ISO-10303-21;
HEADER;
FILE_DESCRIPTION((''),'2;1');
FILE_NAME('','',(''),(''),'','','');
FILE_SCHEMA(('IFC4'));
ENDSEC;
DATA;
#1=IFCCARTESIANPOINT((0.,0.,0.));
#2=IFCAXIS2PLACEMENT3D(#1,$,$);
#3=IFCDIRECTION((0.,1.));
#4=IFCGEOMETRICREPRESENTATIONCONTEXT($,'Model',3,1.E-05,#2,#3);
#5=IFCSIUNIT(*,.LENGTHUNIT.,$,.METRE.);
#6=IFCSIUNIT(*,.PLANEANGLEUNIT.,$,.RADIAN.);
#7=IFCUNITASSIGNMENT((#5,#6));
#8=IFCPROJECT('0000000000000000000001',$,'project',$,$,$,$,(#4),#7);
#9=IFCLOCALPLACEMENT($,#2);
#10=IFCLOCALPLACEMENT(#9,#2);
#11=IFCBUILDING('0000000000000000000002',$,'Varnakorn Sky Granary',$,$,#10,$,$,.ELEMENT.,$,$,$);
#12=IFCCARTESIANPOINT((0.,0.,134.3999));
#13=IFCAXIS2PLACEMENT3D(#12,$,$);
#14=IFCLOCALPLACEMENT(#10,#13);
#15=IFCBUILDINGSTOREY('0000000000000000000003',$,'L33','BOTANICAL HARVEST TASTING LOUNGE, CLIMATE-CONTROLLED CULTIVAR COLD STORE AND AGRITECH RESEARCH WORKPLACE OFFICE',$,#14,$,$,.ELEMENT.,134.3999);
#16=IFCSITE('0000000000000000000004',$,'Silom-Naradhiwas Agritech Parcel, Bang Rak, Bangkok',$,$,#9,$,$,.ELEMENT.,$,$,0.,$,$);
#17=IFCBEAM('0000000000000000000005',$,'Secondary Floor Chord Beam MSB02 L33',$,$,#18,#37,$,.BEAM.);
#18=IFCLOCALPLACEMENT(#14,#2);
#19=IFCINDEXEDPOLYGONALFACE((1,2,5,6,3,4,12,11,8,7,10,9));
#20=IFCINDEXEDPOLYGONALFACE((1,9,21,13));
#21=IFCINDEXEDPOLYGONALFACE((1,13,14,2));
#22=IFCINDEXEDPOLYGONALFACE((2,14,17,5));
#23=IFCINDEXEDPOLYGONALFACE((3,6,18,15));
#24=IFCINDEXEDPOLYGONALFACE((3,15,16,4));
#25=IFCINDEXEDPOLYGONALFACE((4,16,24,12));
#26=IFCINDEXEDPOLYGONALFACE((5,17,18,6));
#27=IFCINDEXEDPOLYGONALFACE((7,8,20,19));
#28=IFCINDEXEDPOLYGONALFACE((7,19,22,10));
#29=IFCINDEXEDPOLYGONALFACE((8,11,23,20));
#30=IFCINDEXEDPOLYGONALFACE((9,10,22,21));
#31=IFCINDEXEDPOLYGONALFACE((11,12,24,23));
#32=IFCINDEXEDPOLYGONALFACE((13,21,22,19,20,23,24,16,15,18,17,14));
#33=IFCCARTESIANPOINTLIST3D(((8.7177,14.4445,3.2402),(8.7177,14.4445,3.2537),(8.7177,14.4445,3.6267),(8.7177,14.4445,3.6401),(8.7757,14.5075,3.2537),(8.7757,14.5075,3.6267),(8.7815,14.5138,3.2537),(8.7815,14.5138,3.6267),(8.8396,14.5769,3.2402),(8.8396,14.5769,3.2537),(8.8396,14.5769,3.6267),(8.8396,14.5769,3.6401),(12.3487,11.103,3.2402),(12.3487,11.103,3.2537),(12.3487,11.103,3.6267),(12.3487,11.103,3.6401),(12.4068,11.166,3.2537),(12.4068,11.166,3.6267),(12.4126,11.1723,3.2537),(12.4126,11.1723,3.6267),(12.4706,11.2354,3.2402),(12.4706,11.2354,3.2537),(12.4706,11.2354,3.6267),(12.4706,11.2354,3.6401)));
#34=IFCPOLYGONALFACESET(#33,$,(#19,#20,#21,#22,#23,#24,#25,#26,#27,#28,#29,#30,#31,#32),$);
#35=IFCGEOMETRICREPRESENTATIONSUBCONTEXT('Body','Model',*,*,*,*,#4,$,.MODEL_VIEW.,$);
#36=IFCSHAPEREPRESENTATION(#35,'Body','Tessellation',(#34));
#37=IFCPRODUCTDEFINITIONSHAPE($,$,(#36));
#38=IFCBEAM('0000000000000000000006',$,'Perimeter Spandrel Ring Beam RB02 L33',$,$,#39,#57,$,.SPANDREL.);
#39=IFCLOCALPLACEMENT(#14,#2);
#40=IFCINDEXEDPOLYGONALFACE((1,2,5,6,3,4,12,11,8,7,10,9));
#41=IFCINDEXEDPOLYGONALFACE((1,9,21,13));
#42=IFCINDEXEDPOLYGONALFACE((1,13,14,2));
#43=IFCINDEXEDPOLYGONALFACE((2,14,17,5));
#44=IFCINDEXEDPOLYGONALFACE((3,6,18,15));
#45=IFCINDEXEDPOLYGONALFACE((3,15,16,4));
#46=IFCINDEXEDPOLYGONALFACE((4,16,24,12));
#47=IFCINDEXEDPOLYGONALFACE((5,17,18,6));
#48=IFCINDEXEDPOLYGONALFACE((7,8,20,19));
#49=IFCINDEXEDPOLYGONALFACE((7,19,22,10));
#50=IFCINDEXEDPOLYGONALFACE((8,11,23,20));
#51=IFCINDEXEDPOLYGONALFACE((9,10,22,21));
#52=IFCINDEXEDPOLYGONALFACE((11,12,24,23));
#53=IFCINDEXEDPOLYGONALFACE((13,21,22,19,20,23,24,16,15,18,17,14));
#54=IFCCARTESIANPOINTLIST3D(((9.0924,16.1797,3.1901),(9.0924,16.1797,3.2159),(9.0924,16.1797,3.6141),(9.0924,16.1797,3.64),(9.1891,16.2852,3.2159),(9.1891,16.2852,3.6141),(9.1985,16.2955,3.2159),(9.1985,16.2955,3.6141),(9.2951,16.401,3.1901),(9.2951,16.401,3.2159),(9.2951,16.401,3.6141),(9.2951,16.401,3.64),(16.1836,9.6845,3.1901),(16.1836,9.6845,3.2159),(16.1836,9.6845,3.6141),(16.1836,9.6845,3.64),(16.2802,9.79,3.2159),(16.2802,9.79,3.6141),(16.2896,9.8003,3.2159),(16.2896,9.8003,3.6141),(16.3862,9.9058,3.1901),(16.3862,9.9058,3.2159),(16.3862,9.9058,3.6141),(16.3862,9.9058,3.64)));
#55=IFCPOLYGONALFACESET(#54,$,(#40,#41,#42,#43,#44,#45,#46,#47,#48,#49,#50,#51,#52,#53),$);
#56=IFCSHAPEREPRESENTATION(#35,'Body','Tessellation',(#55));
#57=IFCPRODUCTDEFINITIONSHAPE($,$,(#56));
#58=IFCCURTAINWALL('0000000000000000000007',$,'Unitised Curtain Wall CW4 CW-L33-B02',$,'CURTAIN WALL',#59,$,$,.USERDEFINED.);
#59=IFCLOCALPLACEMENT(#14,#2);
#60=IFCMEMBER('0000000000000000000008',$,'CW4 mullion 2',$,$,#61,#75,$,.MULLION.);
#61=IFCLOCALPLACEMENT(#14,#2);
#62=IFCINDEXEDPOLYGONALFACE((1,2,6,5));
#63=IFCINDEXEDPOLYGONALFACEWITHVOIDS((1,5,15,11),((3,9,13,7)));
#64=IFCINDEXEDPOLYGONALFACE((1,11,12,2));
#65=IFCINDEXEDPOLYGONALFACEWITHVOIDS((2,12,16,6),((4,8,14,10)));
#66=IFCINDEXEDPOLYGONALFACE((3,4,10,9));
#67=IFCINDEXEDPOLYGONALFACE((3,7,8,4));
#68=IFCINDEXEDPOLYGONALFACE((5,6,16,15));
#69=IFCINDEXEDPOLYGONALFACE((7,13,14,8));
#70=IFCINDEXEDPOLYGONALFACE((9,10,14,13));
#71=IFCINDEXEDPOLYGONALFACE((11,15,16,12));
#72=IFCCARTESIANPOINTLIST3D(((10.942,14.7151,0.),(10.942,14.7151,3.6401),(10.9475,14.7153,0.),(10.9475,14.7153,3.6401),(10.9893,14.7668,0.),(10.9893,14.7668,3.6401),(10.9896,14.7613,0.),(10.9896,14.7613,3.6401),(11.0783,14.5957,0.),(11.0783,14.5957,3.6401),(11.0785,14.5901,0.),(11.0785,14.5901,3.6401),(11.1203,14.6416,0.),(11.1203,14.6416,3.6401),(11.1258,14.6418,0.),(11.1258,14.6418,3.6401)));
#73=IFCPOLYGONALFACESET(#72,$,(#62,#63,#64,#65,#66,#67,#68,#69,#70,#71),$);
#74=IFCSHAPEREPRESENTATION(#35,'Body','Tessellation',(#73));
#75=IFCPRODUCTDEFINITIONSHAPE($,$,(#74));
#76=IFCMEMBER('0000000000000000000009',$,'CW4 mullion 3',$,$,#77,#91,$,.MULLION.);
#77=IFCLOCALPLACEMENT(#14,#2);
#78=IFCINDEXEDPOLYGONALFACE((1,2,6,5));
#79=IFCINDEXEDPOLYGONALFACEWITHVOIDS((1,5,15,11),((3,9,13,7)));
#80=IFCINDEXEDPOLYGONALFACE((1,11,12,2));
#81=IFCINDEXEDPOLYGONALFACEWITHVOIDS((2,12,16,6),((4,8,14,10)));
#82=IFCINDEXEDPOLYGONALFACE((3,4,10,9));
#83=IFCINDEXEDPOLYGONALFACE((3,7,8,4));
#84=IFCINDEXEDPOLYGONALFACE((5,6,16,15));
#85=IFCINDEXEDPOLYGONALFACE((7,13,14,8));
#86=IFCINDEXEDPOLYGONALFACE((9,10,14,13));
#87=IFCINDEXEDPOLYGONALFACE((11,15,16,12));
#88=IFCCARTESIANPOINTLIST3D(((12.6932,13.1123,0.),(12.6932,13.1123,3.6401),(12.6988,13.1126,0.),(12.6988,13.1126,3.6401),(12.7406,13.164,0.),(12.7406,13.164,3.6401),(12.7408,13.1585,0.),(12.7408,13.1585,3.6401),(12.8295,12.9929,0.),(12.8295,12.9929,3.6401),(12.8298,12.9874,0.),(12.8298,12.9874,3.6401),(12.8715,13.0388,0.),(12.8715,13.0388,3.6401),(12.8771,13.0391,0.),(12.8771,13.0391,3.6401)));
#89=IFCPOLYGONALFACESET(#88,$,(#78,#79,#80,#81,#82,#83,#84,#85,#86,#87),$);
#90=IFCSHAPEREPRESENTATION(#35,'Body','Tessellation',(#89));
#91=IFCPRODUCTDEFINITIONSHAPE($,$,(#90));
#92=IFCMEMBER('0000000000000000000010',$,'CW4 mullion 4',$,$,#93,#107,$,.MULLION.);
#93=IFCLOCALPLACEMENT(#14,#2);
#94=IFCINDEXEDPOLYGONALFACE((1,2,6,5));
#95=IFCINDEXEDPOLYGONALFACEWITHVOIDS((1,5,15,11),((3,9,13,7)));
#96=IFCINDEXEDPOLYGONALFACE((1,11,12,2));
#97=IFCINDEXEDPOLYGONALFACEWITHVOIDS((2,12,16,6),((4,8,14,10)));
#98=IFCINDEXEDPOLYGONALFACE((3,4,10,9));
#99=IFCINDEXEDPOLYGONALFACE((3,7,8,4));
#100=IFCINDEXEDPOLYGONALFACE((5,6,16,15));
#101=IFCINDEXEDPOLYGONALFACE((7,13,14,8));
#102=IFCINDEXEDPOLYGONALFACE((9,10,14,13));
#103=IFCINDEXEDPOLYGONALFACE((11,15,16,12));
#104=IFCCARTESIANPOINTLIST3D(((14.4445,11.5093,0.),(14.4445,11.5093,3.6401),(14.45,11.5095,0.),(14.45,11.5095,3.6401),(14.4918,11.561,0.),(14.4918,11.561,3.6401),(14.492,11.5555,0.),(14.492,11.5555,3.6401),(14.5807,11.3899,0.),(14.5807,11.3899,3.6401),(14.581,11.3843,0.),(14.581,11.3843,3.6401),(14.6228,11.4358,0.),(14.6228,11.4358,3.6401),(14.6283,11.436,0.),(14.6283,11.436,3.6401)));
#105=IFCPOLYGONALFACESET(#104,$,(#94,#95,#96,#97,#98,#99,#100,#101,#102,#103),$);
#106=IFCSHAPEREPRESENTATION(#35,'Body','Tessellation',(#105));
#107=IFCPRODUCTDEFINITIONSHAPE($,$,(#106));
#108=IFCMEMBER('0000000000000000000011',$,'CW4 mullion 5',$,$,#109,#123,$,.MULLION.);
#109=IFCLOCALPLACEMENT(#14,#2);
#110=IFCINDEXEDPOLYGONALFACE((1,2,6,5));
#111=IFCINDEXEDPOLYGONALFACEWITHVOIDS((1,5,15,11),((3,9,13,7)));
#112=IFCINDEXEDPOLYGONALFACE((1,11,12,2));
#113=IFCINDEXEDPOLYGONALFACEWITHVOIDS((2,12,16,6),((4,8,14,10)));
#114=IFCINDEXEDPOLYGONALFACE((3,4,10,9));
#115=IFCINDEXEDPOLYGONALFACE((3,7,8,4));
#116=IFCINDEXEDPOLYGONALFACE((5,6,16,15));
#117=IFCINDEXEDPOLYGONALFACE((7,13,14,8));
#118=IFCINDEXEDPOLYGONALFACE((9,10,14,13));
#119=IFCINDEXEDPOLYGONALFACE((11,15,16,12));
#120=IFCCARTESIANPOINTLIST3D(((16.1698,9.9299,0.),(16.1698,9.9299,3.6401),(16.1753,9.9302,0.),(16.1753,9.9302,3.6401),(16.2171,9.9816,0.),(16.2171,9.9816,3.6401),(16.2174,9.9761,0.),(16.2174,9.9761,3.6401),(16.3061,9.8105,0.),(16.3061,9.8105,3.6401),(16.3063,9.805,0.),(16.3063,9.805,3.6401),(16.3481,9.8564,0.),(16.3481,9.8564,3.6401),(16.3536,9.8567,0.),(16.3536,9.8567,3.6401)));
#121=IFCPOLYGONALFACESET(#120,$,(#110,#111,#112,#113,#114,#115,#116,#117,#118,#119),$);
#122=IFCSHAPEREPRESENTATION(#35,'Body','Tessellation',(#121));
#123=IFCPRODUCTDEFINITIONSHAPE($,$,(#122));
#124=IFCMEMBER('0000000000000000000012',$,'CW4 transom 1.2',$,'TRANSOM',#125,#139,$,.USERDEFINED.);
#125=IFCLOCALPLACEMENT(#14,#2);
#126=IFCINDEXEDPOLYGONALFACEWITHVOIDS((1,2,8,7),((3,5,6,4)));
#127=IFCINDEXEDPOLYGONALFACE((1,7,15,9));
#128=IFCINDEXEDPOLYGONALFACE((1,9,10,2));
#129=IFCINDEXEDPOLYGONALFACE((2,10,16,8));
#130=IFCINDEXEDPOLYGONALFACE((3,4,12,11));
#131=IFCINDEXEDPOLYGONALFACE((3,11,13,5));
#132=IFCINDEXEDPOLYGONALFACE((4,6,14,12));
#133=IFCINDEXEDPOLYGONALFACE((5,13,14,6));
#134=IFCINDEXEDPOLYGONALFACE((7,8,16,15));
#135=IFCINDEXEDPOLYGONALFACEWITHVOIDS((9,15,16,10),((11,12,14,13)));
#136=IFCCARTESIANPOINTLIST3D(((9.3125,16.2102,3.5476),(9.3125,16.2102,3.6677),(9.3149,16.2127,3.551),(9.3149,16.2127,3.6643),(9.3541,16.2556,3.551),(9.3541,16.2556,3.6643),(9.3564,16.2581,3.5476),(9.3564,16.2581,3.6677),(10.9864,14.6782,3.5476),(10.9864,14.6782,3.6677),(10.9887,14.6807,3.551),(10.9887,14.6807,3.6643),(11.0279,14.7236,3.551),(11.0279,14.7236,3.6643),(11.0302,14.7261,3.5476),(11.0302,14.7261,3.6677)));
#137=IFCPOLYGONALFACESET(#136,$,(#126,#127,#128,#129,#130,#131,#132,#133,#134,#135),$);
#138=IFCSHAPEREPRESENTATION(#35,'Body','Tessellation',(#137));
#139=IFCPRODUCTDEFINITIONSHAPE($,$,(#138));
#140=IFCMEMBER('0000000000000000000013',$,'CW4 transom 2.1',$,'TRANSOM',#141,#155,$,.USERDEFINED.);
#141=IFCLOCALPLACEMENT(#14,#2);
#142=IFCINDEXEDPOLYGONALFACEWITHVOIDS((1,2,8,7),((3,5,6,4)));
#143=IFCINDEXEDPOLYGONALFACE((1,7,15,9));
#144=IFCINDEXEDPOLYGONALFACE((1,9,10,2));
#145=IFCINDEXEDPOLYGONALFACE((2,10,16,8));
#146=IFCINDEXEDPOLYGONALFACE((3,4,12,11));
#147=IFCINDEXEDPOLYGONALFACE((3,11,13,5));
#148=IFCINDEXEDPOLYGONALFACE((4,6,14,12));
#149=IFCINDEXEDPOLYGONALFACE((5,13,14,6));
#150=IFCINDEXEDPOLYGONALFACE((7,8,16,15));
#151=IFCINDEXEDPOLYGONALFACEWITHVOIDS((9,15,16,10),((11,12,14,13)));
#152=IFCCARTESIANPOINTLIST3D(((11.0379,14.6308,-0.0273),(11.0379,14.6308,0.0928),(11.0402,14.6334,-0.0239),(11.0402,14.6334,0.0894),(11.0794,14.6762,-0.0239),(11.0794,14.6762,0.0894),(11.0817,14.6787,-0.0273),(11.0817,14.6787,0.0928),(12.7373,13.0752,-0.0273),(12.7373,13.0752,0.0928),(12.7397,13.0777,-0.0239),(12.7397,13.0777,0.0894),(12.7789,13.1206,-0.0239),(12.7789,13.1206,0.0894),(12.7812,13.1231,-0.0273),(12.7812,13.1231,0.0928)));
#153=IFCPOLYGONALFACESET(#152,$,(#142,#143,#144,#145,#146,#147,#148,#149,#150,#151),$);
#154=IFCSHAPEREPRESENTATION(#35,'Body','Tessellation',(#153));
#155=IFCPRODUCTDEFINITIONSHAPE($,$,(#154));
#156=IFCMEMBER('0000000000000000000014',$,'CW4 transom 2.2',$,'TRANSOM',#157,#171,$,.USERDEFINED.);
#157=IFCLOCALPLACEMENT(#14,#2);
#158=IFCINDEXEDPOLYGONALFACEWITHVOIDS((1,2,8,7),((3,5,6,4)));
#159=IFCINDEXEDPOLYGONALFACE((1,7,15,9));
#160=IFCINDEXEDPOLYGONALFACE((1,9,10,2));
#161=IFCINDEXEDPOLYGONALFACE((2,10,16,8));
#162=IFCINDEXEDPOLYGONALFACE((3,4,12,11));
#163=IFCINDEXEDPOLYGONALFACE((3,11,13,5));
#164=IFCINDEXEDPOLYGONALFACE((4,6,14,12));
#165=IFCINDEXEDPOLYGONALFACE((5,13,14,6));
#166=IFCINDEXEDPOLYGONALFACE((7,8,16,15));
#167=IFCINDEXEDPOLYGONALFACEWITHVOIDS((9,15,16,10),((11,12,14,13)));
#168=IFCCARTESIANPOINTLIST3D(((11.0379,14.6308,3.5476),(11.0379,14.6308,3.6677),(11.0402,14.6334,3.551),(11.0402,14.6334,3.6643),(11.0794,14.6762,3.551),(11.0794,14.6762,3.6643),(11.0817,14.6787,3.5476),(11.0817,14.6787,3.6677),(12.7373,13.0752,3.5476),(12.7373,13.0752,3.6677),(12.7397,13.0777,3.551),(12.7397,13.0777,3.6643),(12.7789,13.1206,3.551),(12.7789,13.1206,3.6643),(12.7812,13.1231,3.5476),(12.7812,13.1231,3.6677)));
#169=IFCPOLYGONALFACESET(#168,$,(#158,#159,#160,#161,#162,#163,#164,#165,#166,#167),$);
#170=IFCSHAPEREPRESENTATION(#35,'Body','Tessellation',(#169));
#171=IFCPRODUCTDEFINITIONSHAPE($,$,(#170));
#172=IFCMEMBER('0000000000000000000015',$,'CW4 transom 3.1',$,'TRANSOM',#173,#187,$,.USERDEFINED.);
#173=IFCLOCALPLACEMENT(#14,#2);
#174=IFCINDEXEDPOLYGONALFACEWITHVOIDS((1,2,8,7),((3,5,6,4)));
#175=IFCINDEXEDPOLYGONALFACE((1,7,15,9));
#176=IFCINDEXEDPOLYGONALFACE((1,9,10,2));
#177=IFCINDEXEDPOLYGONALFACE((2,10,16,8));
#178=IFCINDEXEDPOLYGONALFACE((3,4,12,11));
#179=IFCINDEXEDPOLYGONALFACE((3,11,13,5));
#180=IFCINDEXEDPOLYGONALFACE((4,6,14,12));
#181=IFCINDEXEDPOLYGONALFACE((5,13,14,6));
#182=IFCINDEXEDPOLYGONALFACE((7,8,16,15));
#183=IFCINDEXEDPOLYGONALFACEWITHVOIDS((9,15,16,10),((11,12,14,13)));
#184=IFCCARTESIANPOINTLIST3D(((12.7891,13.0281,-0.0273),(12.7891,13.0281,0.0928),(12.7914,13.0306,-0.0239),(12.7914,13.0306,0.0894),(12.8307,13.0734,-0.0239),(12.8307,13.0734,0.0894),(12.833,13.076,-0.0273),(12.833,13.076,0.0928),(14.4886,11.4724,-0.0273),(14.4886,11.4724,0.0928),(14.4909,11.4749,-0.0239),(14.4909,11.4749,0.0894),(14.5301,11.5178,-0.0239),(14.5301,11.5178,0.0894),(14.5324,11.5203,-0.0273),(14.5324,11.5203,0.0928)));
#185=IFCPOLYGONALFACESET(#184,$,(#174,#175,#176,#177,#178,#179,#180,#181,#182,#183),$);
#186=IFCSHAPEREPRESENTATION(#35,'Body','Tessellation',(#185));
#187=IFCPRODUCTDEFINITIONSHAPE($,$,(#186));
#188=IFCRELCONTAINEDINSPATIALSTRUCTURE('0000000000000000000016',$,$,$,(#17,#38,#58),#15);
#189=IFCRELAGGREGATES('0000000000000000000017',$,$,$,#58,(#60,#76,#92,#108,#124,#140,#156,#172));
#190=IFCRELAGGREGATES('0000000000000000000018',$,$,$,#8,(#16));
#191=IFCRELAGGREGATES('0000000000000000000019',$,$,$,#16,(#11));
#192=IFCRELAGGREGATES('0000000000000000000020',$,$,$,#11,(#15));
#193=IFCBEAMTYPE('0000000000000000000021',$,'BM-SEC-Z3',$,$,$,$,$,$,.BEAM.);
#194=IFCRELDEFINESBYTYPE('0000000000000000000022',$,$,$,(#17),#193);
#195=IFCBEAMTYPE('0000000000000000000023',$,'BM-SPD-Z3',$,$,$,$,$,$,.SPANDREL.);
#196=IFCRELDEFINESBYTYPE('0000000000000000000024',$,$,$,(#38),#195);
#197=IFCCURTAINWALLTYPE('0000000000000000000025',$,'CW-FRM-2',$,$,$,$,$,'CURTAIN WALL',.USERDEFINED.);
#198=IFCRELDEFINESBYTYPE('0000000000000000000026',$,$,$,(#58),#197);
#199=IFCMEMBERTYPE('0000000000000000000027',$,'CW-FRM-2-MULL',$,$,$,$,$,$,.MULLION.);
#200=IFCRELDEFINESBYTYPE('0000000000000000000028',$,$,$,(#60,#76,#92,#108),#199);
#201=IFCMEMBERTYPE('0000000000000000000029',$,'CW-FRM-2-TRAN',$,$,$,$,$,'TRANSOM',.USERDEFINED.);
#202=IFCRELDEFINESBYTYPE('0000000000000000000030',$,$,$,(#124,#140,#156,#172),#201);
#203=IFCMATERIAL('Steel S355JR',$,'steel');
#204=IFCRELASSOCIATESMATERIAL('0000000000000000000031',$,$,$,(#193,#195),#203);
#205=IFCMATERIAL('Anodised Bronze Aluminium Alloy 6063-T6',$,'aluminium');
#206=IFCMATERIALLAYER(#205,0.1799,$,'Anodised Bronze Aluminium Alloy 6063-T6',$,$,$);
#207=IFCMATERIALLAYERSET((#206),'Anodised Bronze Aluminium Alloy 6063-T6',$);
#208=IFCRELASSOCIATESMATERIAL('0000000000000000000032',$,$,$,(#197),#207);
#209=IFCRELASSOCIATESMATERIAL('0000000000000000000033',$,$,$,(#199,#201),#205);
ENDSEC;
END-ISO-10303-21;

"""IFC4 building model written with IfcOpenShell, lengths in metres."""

from ifc_helpers import new_model, si_unit, direction, frame, origin, origin_2d, place, context, subcontext, project, spatial, hollow_rectangle, i_section, extrude, material, layer, layer_set, material_profile, profile_set, type_object, element, aggregate, save


model = new_model("IFC4")

# Units and contexts
model_context = context("Model", 3, precision=1e-05, world=origin(), true_north=direction((0.0, 1.0)))
body_context = subcontext(model_context, "Body", "Model", "MODEL_VIEW")
ifc_project = project(units=[si_unit("LENGTHUNIT", "METRE"), si_unit("PLANEANGLEUNIT", "RADIAN")], contexts=[model_context])

# Site, building, storey
site_placement = place(None, origin())
site = spatial("IfcSite", under=ifc_project, at=site_placement, Name="Silom-Naradhiwas Agritech Parcel, Bang Rak, Bangkok", CompositionType="ELEMENT", RefElevation=0.0)
building_placement = place(site_placement, origin())
building = spatial("IfcBuilding", under=site, at=building_placement, Name="Varnakorn Sky Granary", CompositionType="ELEMENT")
storey_placement = place(building_placement, frame((0.0, 0.0, 134.3999)))
storey = spatial("IfcBuildingStorey", under=building, at=storey_placement, Name="L33", Description="BOTANICAL HARVEST TASTING LOUNGE, CLIMATE-CONTROLLED CULTIVAR COLD STORE AND AGRITECH RESEARCH WORKPLACE OFFICE", CompositionType="ELEMENT", Elevation=134.3999)

# Beams
ifc_material_1 = material(Name="Steel S355JR", Category="steel")
ifc_material_profile_1 = material_profile(ifc_material_1, i_section(OverallWidth=0.1799, OverallDepth=0.3999, WebThickness=0.0085, FlangeThickness=0.0134, at=origin_2d()), Name="IPE 400")
ifc_profile_set_1 = profile_set([ifc_material_profile_1], Name="Steel S355JR")
beam_type_1 = type_object("IfcBeamType", Name="BM-SEC-Z3", PredefinedType="BEAM", material=ifc_profile_set_1)
beam_1_placement = place(storey_placement, frame((12.4097, 11.1692, 3.4402), z_axis=(-0.735836, 0.677159, 0.0), x_axis=(-0.677159, -0.735836, 0.0)))
element("IfcBeam", 1, at=beam_1_placement, inside=storey, type_object=beam_type_1, Name="Secondary Floor Chord Beam MSB02 L33", PredefinedType="BEAM", context=body_context, shape_type="SweptSolid", body=[
    extrude(i_section(OverallWidth=0.1799, OverallDepth=0.3999, WebThickness=0.0085, FlangeThickness=0.0134, at=origin_2d()), origin(), (0.0, 0.0, 1.0), 4.9346),
])
ifc_material_profile_2 = material_profile(ifc_material_1, i_section(OverallWidth=0.3, OverallDepth=0.45, WebThickness=0.0139, FlangeThickness=0.0259, at=origin_2d()), Name="HE 450 B")
ifc_profile_set_2 = profile_set([ifc_material_profile_2], Name="Steel S355JR")
beam_type_2 = type_object("IfcBeamType", Name="BM-SPD-Z3", PredefinedType="SPANDREL", material=ifc_profile_set_2)
beam_2_placement = place(storey_placement, frame((16.2849, 9.7952, 3.415), z_axis=(-0.737414, 0.675441, 0.0), x_axis=(-0.675441, -0.737414, 0.0)))
element("IfcBeam", 2, at=beam_2_placement, inside=storey, type_object=beam_type_2, Name="Perimeter Spandrel Ring Beam RB02 L33", PredefinedType="SPANDREL", context=body_context, shape_type="SweptSolid", body=[
    extrude(i_section(OverallWidth=0.3, OverallDepth=0.45, WebThickness=0.0139, FlangeThickness=0.0259, at=origin_2d()), origin(), (0.0, 0.0, 1.0), 9.6162),
])

# Curtain wall, members
ifc_material_2 = material(Name="Anodised Bronze Aluminium Alloy 6063-T6", Category="aluminium")
ifc_layer_1 = layer(ifc_material_2, 0.1799, Name="Anodised Bronze Aluminium Alloy 6063-T6")
ifc_layer_set_1 = layer_set([ifc_layer_1], Name="Anodised Bronze Aluminium Alloy 6063-T6")
curtain_wall_type = type_object("IfcCurtainWallType", Name="CW-FRM-2", ElementType="CURTAIN WALL", PredefinedType="USERDEFINED", material=ifc_layer_set_1)
curtain_wall_placement = place(storey_placement, origin())
curtain_wall = element("IfcCurtainWall", 3, at=curtain_wall_placement, inside=storey, type_object=curtain_wall_type, Name="Unitised Curtain Wall CW4 CW-L33-B02", ObjectType="CURTAIN WALL", PredefinedType="USERDEFINED")
ifc_material_profile_3 = material_profile(ifc_material_2, hollow_rectangle(XDim=0.0701, YDim=0.1851, WallThickness=0.0039, at=origin_2d()), Name="ALU MULL 70x185")
ifc_profile_set_3 = profile_set([ifc_material_profile_3], Name="Anodised Bronze Aluminium Alloy 6063-T6")
member_type_1 = type_object("IfcMemberType", Name="CW-FRM-2-MULL", PredefinedType="MULLION", material=ifc_profile_set_3)
member_1_placement = place(storey_placement, frame((11.0339, 14.6785, 0.0), z_axis=(0.0, 0.0, 1.0), x_axis=(0.675183, 0.737651, 0.0)))
member_1 = element("IfcMember", 4, at=member_1_placement, type_object=member_type_1, Name="CW4 mullion 2", PredefinedType="MULLION", context=body_context, shape_type="SweptSolid", body=[
    extrude(hollow_rectangle(XDim=0.0701, YDim=0.1851, WallThickness=0.0039, at=origin_2d()), origin(), (0.0, 0.0, 1.0), 3.6401),
])
member_2_placement = place(storey_placement, frame((12.7852, 13.0757, 0.0), z_axis=(0.0, 0.0, 1.0), x_axis=(0.675183, 0.737651, 0.0)))
member_2 = element("IfcMember", 5, at=member_2_placement, type_object=member_type_1, Name="CW4 mullion 3", PredefinedType="MULLION", context=body_context, shape_type="SweptSolid", body=[
    extrude(hollow_rectangle(XDim=0.0701, YDim=0.1851, WallThickness=0.0039, at=origin_2d()), origin(), (0.0, 0.0, 1.0), 3.6401),
])
member_3_placement = place(storey_placement, frame((14.5364, 11.4727, 0.0), z_axis=(0.0, 0.0, 1.0), x_axis=(0.675183, 0.737651, 0.0)))
member_3 = element("IfcMember", 6, at=member_3_placement, type_object=member_type_1, Name="CW4 mullion 4", PredefinedType="MULLION", context=body_context, shape_type="SweptSolid", body=[
    extrude(hollow_rectangle(XDim=0.0701, YDim=0.1851, WallThickness=0.0039, at=origin_2d()), origin(), (0.0, 0.0, 1.0), 3.6401),
])
member_4_placement = place(storey_placement, frame((16.2617, 9.8933, 0.0), z_axis=(0.0, 0.0, 1.0), x_axis=(0.675183, 0.737651, 0.0)))
member_4 = element("IfcMember", 7, at=member_4_placement, type_object=member_type_1, Name="CW4 mullion 5", PredefinedType="MULLION", context=body_context, shape_type="SweptSolid", body=[
    extrude(hollow_rectangle(XDim=0.0701, YDim=0.1851, WallThickness=0.0039, at=origin_2d()), origin(), (0.0, 0.0, 1.0), 3.6401),
])
ifc_material_profile_4 = material_profile(ifc_material_2, hollow_rectangle(XDim=0.0649, YDim=0.1201, WallThickness=0.0034, at=origin_2d()), Name="ALU TRAN 65x120")
ifc_profile_set_4 = profile_set([ifc_material_profile_4], Name="Anodised Bronze Aluminium Alloy 6063-T6")
member_type_2 = type_object("IfcMemberType", Name="CW-FRM-2-TRAN", ElementType="TRANSOM", PredefinedType="USERDEFINED", material=ifc_profile_set_4)
member_5_placement = place(storey_placement, frame((9.3345, 16.2341, 3.6077), z_axis=(0.737672, -0.675159, 0.0), x_axis=(0.675159, 0.737672, 0.0)))
member_5 = element("IfcMember", 8, at=member_5_placement, type_object=member_type_2, Name="CW4 transom 1.2", ObjectType="TRANSOM", PredefinedType="USERDEFINED", context=body_context, shape_type="SweptSolid", body=[
    extrude(hollow_rectangle(XDim=0.0649, YDim=0.1201, WallThickness=0.0034, at=origin_2d()), origin(), (0.0, 0.0, 1.0), 2.269),
])
member_6_placement = place(storey_placement, frame((11.0598, 14.6548, 0.0327), z_axis=(0.737625, -0.675211, 0.0), x_axis=(0.675211, 0.737625, 0.0)))
member_6 = element("IfcMember", 9, at=member_6_placement, type_object=member_type_2, Name="CW4 transom 2.1", ObjectType="TRANSOM", PredefinedType="USERDEFINED", context=body_context, shape_type="SweptSolid", body=[
    extrude(hollow_rectangle(XDim=0.0649, YDim=0.1201, WallThickness=0.0034, at=origin_2d()), origin(), (0.0, 0.0, 1.0), 2.304),
])
member_7_placement = place(storey_placement, frame((11.0598, 14.6548, 3.6077), z_axis=(0.737625, -0.675211, 0.0), x_axis=(0.675211, 0.737625, 0.0)))
member_7 = element("IfcMember", 10, at=member_7_placement, type_object=member_type_2, Name="CW4 transom 2.2", ObjectType="TRANSOM", PredefinedType="USERDEFINED", context=body_context, shape_type="SweptSolid", body=[
    extrude(hollow_rectangle(XDim=0.0649, YDim=0.1201, WallThickness=0.0034, at=origin_2d()), origin(), (0.0, 0.0, 1.0), 2.304),
])
member_8_placement = place(storey_placement, frame((12.811, 13.052, 0.0327), z_axis=(0.737625, -0.675211, 0.0), x_axis=(0.675211, 0.737625, 0.0)))
member_8 = element("IfcMember", 11, at=member_8_placement, type_object=member_type_2, Name="CW4 transom 3.1", ObjectType="TRANSOM", PredefinedType="USERDEFINED", context=body_context, shape_type="SweptSolid", body=[
    extrude(hollow_rectangle(XDim=0.0649, YDim=0.1201, WallThickness=0.0034, at=origin_2d()), origin(), (0.0, 0.0, 1.0), 2.304),
])
aggregate(curtain_wall, [member_1, member_2, member_3, member_4, member_5, member_6, member_7, member_8])

save(model, "model.ifc")
